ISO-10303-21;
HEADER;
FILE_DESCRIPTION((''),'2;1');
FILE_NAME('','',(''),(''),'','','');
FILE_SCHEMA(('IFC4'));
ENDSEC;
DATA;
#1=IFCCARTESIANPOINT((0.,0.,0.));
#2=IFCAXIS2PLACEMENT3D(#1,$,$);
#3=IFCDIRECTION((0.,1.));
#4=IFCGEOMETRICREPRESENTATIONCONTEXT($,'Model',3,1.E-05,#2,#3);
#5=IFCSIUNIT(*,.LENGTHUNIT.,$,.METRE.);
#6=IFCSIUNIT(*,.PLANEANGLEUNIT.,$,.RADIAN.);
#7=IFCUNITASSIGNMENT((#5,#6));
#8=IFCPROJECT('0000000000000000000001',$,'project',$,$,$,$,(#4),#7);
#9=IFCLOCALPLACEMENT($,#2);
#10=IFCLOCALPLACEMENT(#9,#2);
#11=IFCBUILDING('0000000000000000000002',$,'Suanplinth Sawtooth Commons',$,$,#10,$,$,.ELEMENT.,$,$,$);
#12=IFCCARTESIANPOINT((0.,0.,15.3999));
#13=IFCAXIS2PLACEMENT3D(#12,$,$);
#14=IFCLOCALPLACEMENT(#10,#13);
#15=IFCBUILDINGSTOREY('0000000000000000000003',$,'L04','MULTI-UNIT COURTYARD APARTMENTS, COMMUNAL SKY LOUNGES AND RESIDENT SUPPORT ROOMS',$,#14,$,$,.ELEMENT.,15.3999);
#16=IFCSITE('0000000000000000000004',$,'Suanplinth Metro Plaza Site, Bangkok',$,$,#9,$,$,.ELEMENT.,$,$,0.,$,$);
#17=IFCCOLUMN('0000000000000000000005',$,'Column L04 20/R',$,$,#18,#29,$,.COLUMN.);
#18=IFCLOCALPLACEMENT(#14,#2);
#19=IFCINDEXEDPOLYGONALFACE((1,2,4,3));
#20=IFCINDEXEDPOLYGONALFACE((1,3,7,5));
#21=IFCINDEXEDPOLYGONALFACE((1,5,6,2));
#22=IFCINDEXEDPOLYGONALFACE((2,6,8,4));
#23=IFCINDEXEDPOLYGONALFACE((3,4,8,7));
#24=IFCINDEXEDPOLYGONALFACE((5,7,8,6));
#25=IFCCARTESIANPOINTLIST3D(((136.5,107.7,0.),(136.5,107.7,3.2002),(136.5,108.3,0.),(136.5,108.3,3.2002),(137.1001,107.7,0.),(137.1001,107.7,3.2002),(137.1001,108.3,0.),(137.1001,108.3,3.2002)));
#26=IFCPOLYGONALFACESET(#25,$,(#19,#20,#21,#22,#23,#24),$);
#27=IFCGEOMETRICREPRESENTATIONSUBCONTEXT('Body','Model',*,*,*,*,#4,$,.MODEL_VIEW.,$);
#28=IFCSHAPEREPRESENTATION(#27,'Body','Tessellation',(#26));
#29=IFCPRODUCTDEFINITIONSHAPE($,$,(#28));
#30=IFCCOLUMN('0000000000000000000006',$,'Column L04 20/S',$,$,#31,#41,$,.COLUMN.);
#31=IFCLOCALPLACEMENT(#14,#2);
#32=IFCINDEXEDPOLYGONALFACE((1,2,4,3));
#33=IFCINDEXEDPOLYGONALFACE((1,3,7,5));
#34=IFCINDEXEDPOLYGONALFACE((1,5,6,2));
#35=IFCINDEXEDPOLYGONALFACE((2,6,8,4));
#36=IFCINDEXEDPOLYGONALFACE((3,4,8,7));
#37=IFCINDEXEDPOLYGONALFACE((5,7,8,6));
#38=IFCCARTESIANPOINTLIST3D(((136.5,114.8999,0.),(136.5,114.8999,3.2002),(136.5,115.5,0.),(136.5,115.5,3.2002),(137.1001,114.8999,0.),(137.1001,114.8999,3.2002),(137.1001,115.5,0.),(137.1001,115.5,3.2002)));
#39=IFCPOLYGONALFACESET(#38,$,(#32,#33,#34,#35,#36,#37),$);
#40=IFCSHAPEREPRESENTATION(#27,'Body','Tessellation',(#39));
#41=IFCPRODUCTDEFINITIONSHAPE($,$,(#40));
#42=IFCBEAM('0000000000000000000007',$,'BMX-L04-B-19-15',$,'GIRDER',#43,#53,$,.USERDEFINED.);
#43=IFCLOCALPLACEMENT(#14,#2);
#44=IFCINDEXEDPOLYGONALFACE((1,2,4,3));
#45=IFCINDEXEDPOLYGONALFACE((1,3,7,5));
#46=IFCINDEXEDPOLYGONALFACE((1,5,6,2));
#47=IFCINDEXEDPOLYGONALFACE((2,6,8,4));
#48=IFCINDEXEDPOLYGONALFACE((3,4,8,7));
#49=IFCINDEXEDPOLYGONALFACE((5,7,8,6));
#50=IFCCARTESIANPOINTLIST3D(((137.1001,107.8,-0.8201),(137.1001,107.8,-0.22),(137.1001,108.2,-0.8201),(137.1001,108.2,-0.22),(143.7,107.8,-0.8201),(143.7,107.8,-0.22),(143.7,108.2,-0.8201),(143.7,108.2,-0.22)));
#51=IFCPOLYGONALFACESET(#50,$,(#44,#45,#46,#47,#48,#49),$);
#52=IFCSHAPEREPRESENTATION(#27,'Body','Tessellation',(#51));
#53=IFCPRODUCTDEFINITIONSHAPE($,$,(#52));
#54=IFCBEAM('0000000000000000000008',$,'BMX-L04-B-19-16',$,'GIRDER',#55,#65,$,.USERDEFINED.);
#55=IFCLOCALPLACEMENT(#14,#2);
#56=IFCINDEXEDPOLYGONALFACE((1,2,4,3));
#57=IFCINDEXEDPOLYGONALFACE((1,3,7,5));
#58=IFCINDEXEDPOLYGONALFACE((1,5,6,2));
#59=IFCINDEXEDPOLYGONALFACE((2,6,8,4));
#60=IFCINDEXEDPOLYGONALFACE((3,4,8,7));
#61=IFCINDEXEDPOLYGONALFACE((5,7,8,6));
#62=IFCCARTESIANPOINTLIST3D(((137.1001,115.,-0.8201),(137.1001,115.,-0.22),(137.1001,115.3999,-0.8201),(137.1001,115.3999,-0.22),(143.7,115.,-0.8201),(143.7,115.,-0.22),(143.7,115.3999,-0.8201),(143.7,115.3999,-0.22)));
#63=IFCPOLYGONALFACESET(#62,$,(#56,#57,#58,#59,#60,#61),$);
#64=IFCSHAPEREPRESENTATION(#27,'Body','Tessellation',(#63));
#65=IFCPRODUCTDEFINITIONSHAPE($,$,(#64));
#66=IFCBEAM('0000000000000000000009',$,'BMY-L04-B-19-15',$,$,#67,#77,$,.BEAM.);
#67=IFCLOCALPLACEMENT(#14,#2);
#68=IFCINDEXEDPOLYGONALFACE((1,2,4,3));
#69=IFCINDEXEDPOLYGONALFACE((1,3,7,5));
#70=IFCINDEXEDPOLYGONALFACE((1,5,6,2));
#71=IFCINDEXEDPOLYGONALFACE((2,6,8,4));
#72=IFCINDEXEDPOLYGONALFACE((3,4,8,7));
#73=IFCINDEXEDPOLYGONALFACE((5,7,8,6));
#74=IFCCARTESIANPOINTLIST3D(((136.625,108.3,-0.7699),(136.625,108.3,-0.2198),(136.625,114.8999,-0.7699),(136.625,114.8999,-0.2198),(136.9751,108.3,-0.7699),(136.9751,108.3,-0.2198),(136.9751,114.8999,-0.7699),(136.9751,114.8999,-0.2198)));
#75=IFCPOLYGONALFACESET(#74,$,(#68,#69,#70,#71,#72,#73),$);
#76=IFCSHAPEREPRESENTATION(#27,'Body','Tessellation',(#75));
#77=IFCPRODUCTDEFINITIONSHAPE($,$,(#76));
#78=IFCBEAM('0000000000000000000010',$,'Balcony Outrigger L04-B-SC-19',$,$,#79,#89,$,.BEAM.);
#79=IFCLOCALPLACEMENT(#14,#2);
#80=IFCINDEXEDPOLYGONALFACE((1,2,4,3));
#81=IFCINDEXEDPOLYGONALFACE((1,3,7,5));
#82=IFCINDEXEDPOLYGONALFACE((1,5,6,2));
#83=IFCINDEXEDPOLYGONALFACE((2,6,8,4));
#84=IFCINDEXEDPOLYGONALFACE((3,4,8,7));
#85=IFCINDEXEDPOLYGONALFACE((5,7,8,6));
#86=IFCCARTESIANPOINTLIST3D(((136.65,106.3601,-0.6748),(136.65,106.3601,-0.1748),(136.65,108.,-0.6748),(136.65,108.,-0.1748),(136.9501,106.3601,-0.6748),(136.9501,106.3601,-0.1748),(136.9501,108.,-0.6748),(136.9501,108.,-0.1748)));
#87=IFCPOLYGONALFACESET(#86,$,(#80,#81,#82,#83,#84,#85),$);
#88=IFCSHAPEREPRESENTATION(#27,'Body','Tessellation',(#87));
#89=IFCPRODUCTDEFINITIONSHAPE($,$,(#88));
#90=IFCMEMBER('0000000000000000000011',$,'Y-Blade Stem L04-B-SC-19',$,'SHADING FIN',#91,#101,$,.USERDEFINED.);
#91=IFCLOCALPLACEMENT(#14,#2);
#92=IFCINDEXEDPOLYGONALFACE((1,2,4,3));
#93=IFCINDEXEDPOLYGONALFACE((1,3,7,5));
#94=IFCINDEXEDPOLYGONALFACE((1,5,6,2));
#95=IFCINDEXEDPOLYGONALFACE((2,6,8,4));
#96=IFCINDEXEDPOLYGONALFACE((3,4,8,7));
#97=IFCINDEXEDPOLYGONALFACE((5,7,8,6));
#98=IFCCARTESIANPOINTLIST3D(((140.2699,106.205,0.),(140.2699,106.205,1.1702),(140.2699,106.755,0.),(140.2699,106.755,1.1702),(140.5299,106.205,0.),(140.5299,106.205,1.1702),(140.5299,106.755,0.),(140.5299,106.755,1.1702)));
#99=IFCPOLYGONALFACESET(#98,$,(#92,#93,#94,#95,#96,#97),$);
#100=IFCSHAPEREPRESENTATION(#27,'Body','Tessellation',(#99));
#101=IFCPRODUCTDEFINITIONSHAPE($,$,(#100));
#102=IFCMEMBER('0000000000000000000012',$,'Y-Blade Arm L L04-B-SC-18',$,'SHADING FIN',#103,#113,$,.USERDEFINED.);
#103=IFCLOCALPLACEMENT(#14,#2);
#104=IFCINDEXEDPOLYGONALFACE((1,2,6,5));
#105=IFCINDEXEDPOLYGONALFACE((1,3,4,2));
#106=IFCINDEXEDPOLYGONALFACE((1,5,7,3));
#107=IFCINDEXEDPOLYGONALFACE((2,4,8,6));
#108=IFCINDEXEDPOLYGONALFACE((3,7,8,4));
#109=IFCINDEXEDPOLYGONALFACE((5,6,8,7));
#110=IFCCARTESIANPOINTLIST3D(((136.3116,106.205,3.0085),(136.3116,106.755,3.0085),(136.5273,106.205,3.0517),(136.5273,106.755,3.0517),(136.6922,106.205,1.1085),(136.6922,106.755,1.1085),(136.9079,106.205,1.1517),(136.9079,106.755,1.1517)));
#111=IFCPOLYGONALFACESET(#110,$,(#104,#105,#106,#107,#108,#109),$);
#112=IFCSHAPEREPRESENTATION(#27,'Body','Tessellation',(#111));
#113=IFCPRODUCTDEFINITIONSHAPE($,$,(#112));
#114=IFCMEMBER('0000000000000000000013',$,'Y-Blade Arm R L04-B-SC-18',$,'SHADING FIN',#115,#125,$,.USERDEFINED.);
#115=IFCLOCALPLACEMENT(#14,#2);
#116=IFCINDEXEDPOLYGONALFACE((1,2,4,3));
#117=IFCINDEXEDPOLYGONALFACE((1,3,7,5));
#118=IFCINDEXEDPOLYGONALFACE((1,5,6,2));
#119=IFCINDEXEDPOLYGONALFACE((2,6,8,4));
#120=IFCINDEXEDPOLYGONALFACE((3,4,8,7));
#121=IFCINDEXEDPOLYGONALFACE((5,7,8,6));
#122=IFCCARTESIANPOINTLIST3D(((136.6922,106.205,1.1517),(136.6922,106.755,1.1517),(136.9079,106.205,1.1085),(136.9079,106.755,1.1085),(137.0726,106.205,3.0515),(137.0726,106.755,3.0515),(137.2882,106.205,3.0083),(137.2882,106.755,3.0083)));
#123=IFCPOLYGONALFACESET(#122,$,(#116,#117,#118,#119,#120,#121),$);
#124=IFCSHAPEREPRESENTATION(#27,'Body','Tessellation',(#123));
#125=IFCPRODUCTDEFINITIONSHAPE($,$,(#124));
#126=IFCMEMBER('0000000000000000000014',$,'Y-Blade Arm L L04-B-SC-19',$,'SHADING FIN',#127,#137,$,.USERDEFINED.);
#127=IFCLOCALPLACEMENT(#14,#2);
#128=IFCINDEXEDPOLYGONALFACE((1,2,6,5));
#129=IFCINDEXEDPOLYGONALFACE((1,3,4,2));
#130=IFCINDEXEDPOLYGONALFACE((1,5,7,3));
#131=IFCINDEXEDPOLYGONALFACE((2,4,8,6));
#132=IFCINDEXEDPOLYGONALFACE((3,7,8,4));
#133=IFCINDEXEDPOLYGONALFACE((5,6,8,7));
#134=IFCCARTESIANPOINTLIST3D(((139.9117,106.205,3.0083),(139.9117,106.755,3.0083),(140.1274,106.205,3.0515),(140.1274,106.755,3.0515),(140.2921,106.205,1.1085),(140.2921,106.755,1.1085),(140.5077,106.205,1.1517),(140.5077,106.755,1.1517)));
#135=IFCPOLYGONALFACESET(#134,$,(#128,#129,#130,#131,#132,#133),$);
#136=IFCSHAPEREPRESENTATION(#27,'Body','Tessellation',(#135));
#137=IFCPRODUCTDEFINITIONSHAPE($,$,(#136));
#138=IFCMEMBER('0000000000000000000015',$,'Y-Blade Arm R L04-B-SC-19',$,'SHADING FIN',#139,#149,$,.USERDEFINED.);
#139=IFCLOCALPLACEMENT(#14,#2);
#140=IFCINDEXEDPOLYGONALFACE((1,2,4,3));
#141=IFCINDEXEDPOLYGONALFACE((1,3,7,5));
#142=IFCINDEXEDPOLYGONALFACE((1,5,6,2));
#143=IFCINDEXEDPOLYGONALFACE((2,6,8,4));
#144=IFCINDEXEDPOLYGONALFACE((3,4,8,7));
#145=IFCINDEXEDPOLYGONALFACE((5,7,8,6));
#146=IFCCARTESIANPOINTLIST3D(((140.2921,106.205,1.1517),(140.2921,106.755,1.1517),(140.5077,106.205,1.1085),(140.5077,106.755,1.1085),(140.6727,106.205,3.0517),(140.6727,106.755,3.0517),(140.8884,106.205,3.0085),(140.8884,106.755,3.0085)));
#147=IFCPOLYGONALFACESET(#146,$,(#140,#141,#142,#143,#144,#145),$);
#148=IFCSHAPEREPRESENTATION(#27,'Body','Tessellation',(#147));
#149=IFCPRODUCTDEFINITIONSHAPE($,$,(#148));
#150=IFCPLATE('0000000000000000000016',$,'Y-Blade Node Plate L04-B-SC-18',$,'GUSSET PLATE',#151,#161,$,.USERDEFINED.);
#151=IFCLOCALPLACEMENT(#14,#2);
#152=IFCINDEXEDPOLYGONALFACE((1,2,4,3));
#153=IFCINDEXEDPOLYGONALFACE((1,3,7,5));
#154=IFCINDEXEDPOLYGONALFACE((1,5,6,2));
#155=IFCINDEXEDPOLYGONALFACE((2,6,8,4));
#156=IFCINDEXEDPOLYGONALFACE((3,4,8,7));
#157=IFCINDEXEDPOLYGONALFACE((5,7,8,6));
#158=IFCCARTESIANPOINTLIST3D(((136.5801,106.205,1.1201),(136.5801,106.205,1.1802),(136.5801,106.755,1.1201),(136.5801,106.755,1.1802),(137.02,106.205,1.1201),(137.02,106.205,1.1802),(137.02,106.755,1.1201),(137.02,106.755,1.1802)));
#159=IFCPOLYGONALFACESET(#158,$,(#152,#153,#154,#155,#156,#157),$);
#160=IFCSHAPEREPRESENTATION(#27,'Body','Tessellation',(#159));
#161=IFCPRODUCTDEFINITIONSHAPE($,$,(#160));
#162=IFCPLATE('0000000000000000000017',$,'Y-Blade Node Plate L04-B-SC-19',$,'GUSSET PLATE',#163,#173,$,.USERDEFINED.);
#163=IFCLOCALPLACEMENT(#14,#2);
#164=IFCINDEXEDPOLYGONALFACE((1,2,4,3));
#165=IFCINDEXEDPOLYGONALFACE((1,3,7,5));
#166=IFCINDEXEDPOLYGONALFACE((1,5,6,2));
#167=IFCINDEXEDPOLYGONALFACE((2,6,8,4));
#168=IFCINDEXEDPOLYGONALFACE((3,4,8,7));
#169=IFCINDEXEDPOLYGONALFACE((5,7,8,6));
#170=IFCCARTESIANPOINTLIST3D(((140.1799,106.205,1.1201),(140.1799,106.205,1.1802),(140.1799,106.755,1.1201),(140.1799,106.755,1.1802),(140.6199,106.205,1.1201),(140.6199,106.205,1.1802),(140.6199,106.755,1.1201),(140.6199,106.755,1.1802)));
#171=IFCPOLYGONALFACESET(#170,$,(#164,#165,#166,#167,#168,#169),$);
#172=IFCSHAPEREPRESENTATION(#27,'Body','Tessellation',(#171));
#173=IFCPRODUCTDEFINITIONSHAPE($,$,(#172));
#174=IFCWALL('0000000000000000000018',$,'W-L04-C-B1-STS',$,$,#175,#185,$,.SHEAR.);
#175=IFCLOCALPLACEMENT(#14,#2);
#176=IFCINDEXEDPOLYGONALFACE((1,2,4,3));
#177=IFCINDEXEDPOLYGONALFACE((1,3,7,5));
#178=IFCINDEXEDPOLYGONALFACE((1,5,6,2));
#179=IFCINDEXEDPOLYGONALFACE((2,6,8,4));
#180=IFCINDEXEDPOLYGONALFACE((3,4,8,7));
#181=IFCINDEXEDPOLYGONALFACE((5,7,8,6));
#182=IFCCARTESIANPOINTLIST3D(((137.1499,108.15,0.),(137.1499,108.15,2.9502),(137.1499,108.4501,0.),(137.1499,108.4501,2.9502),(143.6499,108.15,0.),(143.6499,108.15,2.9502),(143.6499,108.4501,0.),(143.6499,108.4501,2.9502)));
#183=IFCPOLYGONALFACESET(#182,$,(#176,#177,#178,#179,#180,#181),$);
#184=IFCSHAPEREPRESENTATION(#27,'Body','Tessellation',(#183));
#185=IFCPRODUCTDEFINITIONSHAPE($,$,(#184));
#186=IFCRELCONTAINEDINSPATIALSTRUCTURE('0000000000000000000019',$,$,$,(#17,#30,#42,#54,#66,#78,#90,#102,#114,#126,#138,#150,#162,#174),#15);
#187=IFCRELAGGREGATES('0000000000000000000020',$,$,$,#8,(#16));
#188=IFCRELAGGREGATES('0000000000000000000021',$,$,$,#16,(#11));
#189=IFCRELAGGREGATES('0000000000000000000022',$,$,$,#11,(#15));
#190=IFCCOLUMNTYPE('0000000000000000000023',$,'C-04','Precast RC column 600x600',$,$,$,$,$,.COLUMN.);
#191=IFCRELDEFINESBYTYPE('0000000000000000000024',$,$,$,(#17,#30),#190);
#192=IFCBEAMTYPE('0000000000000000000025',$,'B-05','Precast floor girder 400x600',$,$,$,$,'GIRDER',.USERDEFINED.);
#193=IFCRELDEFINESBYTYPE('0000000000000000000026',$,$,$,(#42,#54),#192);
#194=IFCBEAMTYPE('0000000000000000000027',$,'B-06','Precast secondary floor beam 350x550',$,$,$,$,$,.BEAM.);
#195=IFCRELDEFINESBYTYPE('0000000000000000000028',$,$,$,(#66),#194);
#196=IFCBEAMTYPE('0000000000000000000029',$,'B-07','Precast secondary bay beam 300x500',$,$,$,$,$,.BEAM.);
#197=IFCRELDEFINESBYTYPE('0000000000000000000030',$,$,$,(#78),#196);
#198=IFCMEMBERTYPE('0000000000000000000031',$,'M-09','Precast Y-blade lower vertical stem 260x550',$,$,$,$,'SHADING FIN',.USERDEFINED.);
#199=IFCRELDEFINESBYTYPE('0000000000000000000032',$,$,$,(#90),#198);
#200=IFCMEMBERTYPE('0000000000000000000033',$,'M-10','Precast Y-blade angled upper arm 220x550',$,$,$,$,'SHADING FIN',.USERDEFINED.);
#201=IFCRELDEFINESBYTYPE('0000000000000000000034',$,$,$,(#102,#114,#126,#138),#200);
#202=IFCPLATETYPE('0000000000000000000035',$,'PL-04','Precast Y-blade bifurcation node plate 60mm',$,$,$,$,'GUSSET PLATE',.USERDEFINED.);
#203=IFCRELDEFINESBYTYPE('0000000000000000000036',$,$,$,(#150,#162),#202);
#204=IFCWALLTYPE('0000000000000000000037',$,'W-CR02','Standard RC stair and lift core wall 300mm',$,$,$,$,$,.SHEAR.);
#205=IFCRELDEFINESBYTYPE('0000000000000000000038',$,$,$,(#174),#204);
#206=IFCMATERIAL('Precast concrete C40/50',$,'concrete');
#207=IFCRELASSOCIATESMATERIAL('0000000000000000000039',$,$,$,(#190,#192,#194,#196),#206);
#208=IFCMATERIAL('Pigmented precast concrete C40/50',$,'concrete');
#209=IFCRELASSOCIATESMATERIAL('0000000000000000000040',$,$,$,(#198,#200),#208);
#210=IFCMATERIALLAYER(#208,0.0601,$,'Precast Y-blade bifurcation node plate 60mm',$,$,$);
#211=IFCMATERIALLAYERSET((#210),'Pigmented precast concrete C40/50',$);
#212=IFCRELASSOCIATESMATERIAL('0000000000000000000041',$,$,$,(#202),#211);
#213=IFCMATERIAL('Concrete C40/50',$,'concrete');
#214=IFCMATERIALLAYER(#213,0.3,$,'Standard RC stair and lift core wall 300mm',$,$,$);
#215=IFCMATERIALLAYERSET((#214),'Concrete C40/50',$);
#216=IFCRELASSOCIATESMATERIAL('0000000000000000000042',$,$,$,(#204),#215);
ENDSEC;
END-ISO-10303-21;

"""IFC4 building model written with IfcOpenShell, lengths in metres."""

from ifc_helpers import new_model, si_unit, direction, frame, frame_2d, origin, origin_2d, place, context, subcontext, project, spatial, rectangle, extrude, material, layer, layer_set, material_profile, profile_set, type_object, element, save


model = new_model("IFC4")

# Units and contexts
model_context = context("Model", 3, precision=1e-05, world=origin(), true_north=direction((0.0, 1.0)))
body_context = subcontext(model_context, "Body", "Model", "MODEL_VIEW")
ifc_project = project(units=[si_unit("LENGTHUNIT", "METRE"), si_unit("PLANEANGLEUNIT", "RADIAN")], contexts=[model_context])

# Site, building, storey
site_placement = place(None, origin())
site = spatial("IfcSite", under=ifc_project, at=site_placement, Name="Suanplinth Metro Plaza Site, Bangkok", CompositionType="ELEMENT", RefElevation=0.0)
building_placement = place(site_placement, origin())
building = spatial("IfcBuilding", under=site, at=building_placement, Name="Suanplinth Sawtooth Commons", CompositionType="ELEMENT")
storey_placement = place(building_placement, frame((0.0, 0.0, 15.3999)))
storey = spatial("IfcBuildingStorey", under=building, at=storey_placement, Name="L04", Description="MULTI-UNIT COURTYARD APARTMENTS, COMMUNAL SKY LOUNGES AND RESIDENT SUPPORT ROOMS", CompositionType="ELEMENT", Elevation=15.3999)

# Columns
ifc_material_1 = material(Name="Precast concrete C40/50", Category="concrete")
ifc_material_profile_1 = material_profile(ifc_material_1, rectangle(XDim=0.6001, YDim=0.6001, at=origin_2d()), Name="PC-COL 600x600")
ifc_profile_set_1 = profile_set([ifc_material_profile_1], Name="Precast concrete C40/50")
column_type = type_object("IfcColumnType", Name="C-04", Description="Precast RC column 600x600", PredefinedType="COLUMN", material=ifc_profile_set_1)
for number, where, z_axis, x_axis, name in (
    (1, (136.8, 108.0, 0.0), (0.0, 0.0, 1.0), (1.0, 0.0, 0.0), "Column L04 20/R"),
    (2, (136.8, 115.2, 0.0), (0.0, 0.0, 1.0), (1.0, 0.0, 0.0), "Column L04 20/S"),
):
    element("IfcColumn", number, at=place(storey_placement, frame(where, z_axis=z_axis, x_axis=x_axis)), inside=storey, type_object=column_type, Name=name, PredefinedType="COLUMN", context=body_context, shape_type="SweptSolid", body=[
        extrude(rectangle(XDim=0.6001, YDim=0.6001, at=origin_2d()), origin(), (0.0, 0.0, 1.0), 3.2002),
    ])

# Beams
ifc_material_profile_2 = material_profile(ifc_material_1, rectangle(XDim=0.3999, YDim=0.6001, at=origin_2d()), Name="PC-GDR 400x600")
ifc_profile_set_2 = profile_set([ifc_material_profile_2], Name="Precast concrete C40/50")
beam_type_1 = type_object("IfcBeamType", Name="B-05", Description="Precast floor girder 400x600", ElementType="GIRDER", PredefinedType="USERDEFINED", material=ifc_profile_set_2)
for number, where, z_axis, x_axis, name in (
    (3, (137.1001, 108.0, -0.52), (1.0, 0.0, 0.0), (0.0, 1.0, 0.0), "BMX-L04-B-19-15"),
    (4, (137.1001, 115.2, -0.52), (1.0, 0.0, 0.0), (0.0, 1.0, 0.0), "BMX-L04-B-19-16"),
):
    element("IfcBeam", number, at=place(storey_placement, frame(where, z_axis=z_axis, x_axis=x_axis)), inside=storey, type_object=beam_type_1, Name=name, ObjectType="GIRDER", PredefinedType="USERDEFINED", context=body_context, shape_type="SweptSolid", body=[
        extrude(rectangle(XDim=0.3999, YDim=0.6001, at=origin_2d()), origin(), (0.0, 0.0, 1.0), 6.5999),
    ])
ifc_material_profile_3 = material_profile(ifc_material_1, rectangle(XDim=0.3501, YDim=0.55, at=origin_2d()), Name="PC-BM 350x550")
ifc_profile_set_3 = profile_set([ifc_material_profile_3], Name="Precast concrete C40/50")
beam_type_2 = type_object("IfcBeamType", Name="B-06", Description="Precast secondary floor beam 350x550", PredefinedType="BEAM", material=ifc_profile_set_3)
beam_1_placement = place(storey_placement, frame((136.8, 108.3, -0.4949), z_axis=(0.0, 1.0, 0.0), x_axis=(-1.0, 0.0, 0.0)))
element("IfcBeam", 5, at=beam_1_placement, inside=storey, type_object=beam_type_2, Name="BMY-L04-B-19-15", PredefinedType="BEAM", context=body_context, shape_type="SweptSolid", body=[
    extrude(rectangle(XDim=0.3501, YDim=0.55, at=origin_2d()), origin(), (0.0, 0.0, 1.0), 6.5999),
])
ifc_material_profile_4 = material_profile(ifc_material_1, rectangle(XDim=0.3, YDim=0.5, at=origin_2d()), Name="PC-BM 300x500")
ifc_profile_set_4 = profile_set([ifc_material_profile_4], Name="Precast concrete C40/50")
beam_type_3 = type_object("IfcBeamType", Name="B-07", Description="Precast secondary bay beam 300x500", PredefinedType="BEAM", material=ifc_profile_set_4)
beam_2_placement = place(storey_placement, frame((136.8, 108.0, -0.4248), z_axis=(0.0, -1.0, 0.0), x_axis=(1.0, 0.0, 0.0)))
element("IfcBeam", 6, at=beam_2_placement, inside=storey, type_object=beam_type_3, Name="Balcony Outrigger L04-B-SC-19", PredefinedType="BEAM", context=body_context, shape_type="SweptSolid", body=[
    extrude(rectangle(XDim=0.3, YDim=0.5, at=origin_2d()), origin(), (0.0, 0.0, 1.0), 1.6399),
])

# Members
ifc_material_2 = material(Name="Pigmented precast concrete C40/50", Category="concrete")
ifc_material_profile_5 = material_profile(ifc_material_2, rectangle(XDim=0.26, YDim=0.55, at=origin_2d()), Name="PC-FIN 260x550")
ifc_profile_set_5 = profile_set([ifc_material_profile_5], Name="Pigmented precast concrete C40/50")
member_type_1 = type_object("IfcMemberType", Name="M-09", Description="Precast Y-blade lower vertical stem 260x550", ElementType="SHADING FIN", PredefinedType="USERDEFINED", material=ifc_profile_set_5)
member_1_placement = place(storey_placement, frame((140.3999, 106.48, 0.0), z_axis=(0.0, 0.0, 1.0), x_axis=(1.0, 0.0, 0.0)))
element("IfcMember", 7, at=member_1_placement, inside=storey, type_object=member_type_1, Name="Y-Blade Stem L04-B-SC-19", ObjectType="SHADING FIN", PredefinedType="USERDEFINED", context=body_context, shape_type="SweptSolid", body=[
    extrude(rectangle(XDim=0.26, YDim=0.55, at=origin_2d()), origin(), (0.0, 0.0, 1.0), 1.1702),
])
ifc_material_profile_6 = material_profile(ifc_material_2, rectangle(XDim=0.22, YDim=0.55, at=origin_2d()), Name="PC-FIN 220x550")
ifc_profile_set_6 = profile_set([ifc_material_profile_6], Name="Pigmented precast concrete C40/50")
member_type_2 = type_object("IfcMemberType", Name="M-10", Description="Precast Y-blade angled upper arm 220x550", ElementType="SHADING FIN", PredefinedType="USERDEFINED", material=ifc_profile_set_6)
member_2_placement = place(storey_placement, frame((136.8, 106.48, 1.1301), z_axis=(-0.196431, 0.0, 0.980518), x_axis=(0.980518, 0.0, 0.196431)))
element("IfcMember", 8, at=member_2_placement, inside=storey, type_object=member_type_2, Name="Y-Blade Arm L L04-B-SC-18", ObjectType="SHADING FIN", PredefinedType="USERDEFINED", context=body_context, shape_type="SweptSolid", body=[
    extrude(rectangle(XDim=0.22, YDim=0.55, at=origin_2d()), origin(), (0.0, 0.0, 1.0), 1.9377),
])
for number, where, z_axis, x_axis, name in (
    (9, (136.8, 106.48, 1.1301), (0.19631, 0.0, 0.980542), (-0.980542, 0.0, 0.19631), "Y-Blade Arm R L04-B-SC-18"),
    (10, (140.3999, 106.48, 1.1301), (-0.19631, 0.0, 0.980542), (0.980542, 0.0, 0.19631), "Y-Blade Arm L L04-B-SC-19"),
):
    element("IfcMember", number, at=place(storey_placement, frame(where, z_axis=z_axis, x_axis=x_axis)), inside=storey, type_object=member_type_2, Name=name, ObjectType="SHADING FIN", PredefinedType="USERDEFINED", context=body_context, shape_type="SweptSolid", body=[
        extrude(rectangle(XDim=0.22, YDim=0.55, at=origin_2d()), origin(), (0.0, 0.0, 1.0), 1.9375),
    ])
member_3_placement = place(storey_placement, frame((140.3999, 106.48, 1.1301), z_axis=(0.196431, 0.0, 0.980518), x_axis=(-0.980518, 0.0, 0.196431)))
element("IfcMember", 11, at=member_3_placement, inside=storey, type_object=member_type_2, Name="Y-Blade Arm R L04-B-SC-19", ObjectType="SHADING FIN", PredefinedType="USERDEFINED", context=body_context, shape_type="SweptSolid", body=[
    extrude(rectangle(XDim=0.22, YDim=0.55, at=origin_2d()), origin(), (0.0, 0.0, 1.0), 1.9377),
])

# Plates
ifc_layer_1 = layer(ifc_material_2, 0.0601, Name="Precast Y-blade bifurcation node plate 60mm")
ifc_layer_set_1 = layer_set([ifc_layer_1], Name="Pigmented precast concrete C40/50")
plate_type = type_object("IfcPlateType", Name="PL-04", Description="Precast Y-blade bifurcation node plate 60mm", ElementType="GUSSET PLATE", PredefinedType="USERDEFINED", material=ifc_layer_set_1)
for number, where, z_axis, x_axis, name in (
    (12, (136.8, 106.48, 1.1201), (0.0, 0.0, 1.0), (1.0, 0.0, 0.0), "Y-Blade Node Plate L04-B-SC-18"),
    (13, (140.3999, 106.48, 1.1201), (0.0, 0.0, 1.0), (1.0, 0.0, 0.0), "Y-Blade Node Plate L04-B-SC-19"),
):
    element("IfcPlate", number, at=place(storey_placement, frame(where, z_axis=z_axis, x_axis=x_axis)), inside=storey, type_object=plate_type, Name=name, ObjectType="GUSSET PLATE", PredefinedType="USERDEFINED", context=body_context, shape_type="SweptSolid", body=[
        extrude(rectangle(XDim=0.4399, YDim=0.55, at=origin_2d()), origin(), (0.0, 0.0, 1.0), 0.0601),
    ])

# Wall
ifc_material_3 = material(Name="Concrete C40/50", Category="concrete")
ifc_layer_2 = layer(ifc_material_3, 0.3, Name="Standard RC stair and lift core wall 300mm")
ifc_layer_set_2 = layer_set([ifc_layer_2], Name="Concrete C40/50")
wall_type_1 = type_object("IfcWallType", Name="W-CR02", Description="Standard RC stair and lift core wall 300mm", PredefinedType="SHEAR", material=ifc_layer_set_2)
wall_1_placement = place(storey_placement, frame((137.1499, 108.3, 0.0), z_axis=(0.0, 0.0, 1.0), x_axis=(1.0, 0.0, 0.0)))
element("IfcWall", 14, at=wall_1_placement, inside=storey, type_object=wall_type_1, Name="W-L04-C-B1-STS", PredefinedType="SHEAR", context=body_context, shape_type="SweptSolid", body=[
    extrude(rectangle(XDim=6.5, YDim=0.3, at=frame_2d((3.25, 0.0))), origin(), (0.0, 0.0, 1.0), 2.9502),
])

save(model, "model.ifc")
